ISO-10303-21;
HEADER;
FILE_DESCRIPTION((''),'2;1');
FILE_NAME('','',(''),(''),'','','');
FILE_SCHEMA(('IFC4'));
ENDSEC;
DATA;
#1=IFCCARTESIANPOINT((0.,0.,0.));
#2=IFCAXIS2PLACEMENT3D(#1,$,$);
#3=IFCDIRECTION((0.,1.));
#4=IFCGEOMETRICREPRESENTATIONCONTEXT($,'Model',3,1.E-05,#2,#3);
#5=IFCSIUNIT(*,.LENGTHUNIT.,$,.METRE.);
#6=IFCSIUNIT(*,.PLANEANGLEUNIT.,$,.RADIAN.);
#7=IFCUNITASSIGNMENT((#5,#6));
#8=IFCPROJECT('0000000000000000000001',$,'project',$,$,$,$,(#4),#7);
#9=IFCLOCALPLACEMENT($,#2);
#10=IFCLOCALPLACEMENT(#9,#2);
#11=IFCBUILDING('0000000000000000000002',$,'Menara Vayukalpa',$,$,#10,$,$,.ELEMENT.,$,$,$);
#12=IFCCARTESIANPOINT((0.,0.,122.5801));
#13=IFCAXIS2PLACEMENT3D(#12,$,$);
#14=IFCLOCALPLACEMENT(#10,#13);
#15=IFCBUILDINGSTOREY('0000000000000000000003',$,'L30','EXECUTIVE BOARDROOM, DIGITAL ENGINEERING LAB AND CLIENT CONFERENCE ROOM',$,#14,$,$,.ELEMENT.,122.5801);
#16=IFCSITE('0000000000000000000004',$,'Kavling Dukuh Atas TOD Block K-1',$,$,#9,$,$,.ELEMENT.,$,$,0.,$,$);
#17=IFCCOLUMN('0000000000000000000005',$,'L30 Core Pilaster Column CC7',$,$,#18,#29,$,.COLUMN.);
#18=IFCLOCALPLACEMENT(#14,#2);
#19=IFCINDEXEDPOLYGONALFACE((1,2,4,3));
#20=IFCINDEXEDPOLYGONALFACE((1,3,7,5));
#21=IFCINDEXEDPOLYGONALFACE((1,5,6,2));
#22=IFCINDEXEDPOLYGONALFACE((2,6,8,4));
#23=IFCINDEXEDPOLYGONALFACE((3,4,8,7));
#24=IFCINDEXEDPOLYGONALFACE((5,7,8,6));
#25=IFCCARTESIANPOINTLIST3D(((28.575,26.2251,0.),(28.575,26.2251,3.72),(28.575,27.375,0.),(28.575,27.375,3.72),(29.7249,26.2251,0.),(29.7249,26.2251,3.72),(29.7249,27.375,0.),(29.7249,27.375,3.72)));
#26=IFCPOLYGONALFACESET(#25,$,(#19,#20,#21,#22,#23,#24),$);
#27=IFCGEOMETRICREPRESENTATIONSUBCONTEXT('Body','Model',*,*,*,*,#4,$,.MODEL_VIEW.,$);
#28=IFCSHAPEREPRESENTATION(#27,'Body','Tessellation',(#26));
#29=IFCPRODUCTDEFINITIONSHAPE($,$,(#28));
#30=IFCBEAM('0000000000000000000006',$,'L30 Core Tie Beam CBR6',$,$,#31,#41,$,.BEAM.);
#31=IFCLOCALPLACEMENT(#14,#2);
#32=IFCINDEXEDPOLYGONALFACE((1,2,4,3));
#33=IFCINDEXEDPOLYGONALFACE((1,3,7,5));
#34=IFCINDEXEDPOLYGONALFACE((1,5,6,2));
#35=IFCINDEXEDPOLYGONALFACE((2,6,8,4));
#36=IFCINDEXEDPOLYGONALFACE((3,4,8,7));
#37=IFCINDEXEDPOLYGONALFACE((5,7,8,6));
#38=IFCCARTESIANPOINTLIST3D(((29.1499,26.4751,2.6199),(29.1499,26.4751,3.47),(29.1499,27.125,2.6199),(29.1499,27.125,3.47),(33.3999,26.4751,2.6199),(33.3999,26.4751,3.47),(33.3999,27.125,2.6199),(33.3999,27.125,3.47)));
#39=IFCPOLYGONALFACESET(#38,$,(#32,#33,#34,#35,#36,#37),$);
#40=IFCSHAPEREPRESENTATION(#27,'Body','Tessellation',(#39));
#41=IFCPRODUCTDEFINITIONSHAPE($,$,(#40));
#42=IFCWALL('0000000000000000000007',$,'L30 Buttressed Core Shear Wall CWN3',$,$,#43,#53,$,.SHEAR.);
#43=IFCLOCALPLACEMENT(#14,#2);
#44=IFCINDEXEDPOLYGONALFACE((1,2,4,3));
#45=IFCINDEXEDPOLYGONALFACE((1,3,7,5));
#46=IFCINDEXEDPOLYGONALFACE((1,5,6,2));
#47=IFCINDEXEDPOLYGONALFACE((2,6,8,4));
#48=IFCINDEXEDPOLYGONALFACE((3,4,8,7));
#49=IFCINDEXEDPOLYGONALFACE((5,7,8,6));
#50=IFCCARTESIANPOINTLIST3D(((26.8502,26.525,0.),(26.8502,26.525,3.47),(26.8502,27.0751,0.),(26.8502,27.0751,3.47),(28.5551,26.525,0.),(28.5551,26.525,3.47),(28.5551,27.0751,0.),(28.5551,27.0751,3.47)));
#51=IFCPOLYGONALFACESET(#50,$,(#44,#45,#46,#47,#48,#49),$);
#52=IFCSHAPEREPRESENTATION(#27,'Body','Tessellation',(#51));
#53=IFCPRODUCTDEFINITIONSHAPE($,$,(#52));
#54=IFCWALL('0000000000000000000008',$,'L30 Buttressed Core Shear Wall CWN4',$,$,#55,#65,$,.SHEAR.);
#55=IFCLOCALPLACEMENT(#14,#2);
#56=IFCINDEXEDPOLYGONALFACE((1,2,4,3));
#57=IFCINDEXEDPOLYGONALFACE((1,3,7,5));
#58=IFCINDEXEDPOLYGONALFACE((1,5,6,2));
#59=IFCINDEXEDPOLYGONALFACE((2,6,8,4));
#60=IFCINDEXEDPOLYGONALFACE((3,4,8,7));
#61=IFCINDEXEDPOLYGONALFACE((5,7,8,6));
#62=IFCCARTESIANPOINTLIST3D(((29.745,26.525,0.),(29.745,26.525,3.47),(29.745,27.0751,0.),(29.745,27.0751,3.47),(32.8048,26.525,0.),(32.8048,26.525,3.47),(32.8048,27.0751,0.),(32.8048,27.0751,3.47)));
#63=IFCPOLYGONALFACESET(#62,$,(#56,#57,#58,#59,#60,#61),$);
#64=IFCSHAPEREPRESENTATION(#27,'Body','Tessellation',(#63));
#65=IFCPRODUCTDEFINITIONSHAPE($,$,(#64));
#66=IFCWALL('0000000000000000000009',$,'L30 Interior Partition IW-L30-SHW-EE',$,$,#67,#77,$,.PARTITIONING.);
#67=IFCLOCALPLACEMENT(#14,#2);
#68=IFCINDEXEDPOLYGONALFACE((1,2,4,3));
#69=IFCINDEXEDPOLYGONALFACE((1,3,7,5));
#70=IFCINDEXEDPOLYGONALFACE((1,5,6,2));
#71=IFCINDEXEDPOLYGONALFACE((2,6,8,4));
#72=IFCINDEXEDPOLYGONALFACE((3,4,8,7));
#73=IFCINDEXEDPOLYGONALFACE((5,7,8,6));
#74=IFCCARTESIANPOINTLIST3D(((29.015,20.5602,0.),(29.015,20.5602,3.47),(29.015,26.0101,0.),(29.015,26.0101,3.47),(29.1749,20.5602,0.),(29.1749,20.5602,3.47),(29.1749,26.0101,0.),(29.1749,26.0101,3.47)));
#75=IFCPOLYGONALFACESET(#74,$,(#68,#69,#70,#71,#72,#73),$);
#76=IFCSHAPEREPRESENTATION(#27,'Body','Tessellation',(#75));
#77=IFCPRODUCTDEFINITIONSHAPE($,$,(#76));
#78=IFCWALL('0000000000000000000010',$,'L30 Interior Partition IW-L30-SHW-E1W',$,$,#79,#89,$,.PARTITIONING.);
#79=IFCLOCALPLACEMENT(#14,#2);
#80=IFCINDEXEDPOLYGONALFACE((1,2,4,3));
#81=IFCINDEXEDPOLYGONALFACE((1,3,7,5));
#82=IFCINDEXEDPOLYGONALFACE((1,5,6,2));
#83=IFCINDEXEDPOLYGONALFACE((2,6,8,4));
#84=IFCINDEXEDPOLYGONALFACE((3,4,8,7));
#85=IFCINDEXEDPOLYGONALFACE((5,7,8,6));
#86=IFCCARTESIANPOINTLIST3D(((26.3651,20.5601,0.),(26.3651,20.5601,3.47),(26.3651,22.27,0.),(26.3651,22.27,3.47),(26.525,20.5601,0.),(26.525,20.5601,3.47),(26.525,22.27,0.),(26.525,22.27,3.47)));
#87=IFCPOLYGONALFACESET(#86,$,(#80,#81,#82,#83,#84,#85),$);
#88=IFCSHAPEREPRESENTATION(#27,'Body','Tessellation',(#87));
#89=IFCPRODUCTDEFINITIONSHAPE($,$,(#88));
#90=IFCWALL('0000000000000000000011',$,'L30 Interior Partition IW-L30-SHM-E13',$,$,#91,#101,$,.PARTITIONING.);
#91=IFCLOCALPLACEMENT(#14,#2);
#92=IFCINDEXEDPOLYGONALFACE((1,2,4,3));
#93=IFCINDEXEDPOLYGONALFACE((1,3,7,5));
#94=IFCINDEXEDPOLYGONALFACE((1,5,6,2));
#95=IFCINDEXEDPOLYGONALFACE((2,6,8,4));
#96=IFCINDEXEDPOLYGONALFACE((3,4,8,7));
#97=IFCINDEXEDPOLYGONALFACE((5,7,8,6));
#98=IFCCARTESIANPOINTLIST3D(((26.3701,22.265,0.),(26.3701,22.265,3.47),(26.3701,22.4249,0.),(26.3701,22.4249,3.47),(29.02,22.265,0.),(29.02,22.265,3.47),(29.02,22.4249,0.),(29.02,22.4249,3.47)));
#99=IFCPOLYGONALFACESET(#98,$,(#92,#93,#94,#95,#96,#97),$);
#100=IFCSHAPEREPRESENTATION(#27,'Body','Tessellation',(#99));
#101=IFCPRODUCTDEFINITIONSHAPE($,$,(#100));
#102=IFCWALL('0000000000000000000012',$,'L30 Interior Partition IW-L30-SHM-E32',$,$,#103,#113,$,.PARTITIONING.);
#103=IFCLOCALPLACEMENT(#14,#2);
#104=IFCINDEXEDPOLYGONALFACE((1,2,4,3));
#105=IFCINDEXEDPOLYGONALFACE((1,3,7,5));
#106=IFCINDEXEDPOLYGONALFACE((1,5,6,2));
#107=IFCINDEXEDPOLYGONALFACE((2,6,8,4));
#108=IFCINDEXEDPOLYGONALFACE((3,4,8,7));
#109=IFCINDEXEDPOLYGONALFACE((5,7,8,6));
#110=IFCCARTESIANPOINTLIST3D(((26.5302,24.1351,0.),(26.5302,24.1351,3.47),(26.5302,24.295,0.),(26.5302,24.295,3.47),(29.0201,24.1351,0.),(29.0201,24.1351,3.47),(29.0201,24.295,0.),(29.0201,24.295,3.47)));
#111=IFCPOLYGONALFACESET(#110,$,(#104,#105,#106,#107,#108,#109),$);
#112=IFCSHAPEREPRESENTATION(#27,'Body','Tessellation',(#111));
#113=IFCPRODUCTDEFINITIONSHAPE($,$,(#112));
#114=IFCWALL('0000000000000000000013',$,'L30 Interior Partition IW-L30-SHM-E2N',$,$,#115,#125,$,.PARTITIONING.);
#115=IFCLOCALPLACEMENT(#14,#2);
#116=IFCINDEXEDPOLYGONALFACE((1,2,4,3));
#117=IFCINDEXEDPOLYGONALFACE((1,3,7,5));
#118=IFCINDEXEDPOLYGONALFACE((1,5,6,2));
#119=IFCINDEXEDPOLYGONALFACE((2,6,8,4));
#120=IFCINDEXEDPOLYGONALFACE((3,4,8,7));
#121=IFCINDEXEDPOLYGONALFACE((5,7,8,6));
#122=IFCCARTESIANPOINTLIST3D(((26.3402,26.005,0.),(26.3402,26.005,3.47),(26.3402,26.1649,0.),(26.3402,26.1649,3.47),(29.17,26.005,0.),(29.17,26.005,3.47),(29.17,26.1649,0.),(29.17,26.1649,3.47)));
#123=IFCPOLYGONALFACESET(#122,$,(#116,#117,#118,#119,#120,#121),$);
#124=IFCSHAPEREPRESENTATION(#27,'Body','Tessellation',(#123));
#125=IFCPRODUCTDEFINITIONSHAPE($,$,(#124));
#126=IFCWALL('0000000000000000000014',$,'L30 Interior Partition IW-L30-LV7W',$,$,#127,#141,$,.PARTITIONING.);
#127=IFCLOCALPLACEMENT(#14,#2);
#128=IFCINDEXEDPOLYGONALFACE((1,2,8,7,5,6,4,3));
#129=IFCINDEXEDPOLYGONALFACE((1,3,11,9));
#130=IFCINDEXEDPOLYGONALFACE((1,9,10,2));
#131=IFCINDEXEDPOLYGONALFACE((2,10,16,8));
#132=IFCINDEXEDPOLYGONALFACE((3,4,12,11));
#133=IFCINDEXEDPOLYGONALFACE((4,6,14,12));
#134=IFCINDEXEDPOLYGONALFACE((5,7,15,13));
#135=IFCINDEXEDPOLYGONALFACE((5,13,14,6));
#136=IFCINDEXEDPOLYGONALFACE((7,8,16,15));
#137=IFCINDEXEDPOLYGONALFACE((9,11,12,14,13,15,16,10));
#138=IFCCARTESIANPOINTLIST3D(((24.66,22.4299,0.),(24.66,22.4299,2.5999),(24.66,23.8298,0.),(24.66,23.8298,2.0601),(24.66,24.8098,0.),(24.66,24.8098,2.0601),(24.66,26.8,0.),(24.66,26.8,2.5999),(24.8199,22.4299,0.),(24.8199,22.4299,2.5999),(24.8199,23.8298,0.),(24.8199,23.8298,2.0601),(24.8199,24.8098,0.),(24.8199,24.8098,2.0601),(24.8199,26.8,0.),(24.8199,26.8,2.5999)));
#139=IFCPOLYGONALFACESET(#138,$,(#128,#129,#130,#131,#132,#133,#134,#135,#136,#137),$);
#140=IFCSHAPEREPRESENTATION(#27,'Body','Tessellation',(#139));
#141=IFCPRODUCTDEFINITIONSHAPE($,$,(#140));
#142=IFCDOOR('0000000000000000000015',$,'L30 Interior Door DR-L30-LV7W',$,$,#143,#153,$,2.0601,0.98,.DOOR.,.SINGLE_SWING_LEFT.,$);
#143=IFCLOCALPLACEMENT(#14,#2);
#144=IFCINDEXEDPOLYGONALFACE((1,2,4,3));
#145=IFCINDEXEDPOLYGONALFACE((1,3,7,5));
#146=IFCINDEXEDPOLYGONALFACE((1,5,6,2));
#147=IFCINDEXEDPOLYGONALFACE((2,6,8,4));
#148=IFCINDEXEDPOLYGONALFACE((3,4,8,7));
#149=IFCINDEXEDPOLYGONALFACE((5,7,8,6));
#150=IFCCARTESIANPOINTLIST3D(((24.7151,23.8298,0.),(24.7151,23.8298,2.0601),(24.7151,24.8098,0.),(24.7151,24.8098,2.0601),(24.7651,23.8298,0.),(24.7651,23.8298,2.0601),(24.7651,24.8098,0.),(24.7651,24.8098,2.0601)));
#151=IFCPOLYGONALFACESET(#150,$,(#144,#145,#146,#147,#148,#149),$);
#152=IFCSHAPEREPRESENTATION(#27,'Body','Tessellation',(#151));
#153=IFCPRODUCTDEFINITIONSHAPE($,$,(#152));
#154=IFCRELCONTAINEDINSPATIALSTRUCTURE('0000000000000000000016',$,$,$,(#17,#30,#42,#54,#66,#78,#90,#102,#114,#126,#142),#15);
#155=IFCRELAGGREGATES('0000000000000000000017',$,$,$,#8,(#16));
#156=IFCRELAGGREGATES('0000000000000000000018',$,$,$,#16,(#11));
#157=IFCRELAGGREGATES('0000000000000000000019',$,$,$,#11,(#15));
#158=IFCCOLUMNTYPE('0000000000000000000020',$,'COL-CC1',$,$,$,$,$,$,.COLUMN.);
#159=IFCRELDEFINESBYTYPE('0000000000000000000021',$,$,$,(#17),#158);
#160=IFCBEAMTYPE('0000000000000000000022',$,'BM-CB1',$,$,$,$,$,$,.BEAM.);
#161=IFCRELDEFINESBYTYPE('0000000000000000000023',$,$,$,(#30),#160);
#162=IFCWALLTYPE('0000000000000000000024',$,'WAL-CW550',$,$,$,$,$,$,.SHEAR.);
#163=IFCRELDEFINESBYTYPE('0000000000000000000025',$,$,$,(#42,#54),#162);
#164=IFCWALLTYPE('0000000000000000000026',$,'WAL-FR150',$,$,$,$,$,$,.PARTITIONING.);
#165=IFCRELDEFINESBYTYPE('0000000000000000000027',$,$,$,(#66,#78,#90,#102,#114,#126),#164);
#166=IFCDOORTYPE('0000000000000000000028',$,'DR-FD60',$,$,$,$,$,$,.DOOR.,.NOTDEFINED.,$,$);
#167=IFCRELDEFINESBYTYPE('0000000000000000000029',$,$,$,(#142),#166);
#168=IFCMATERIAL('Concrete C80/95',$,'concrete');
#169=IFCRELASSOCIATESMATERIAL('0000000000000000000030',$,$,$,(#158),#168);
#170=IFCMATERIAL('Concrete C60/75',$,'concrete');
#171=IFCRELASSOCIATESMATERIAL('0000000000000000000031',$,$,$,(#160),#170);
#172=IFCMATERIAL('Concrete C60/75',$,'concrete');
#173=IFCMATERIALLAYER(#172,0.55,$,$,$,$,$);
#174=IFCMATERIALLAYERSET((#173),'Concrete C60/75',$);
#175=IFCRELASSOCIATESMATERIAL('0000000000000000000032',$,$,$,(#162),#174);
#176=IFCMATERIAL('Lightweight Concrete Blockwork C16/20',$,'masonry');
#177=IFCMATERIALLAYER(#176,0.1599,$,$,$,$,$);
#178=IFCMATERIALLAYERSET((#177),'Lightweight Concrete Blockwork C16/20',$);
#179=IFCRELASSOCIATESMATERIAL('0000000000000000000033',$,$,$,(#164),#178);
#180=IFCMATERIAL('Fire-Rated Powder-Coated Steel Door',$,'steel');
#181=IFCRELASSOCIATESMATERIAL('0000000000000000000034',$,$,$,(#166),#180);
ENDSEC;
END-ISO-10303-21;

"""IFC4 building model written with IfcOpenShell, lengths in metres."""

from ifc_helpers import new_model, si_unit, direction, frame, frame_2d, origin, origin_2d, place, context, subcontext, project, spatial, rectangle, extrude, material, layer, layer_set, material_profile, profile_set, type_object, element, fill, save


model = new_model("IFC4")

# Units and contexts
model_context = context("Model", 3, precision=1e-05, world=origin(), true_north=direction((0.0, 1.0)))
body_context = subcontext(model_context, "Body", "Model", "MODEL_VIEW")
ifc_project = project(units=[si_unit("LENGTHUNIT", "METRE"), si_unit("PLANEANGLEUNIT", "RADIAN")], contexts=[model_context])

# Site, building, storey
site_placement = place(None, origin())
site = spatial("IfcSite", under=ifc_project, at=site_placement, Name="Kavling Dukuh Atas TOD Block K-1", CompositionType="ELEMENT", RefElevation=0.0)
building_placement = place(site_placement, origin())
building = spatial("IfcBuilding", under=site, at=building_placement, Name="Menara Vayukalpa", CompositionType="ELEMENT")
storey_placement = place(building_placement, frame((0.0, 0.0, 122.5801)))
storey = spatial("IfcBuildingStorey", under=building, at=storey_placement, Name="L30", Description="EXECUTIVE BOARDROOM, DIGITAL ENGINEERING LAB AND CLIENT CONFERENCE ROOM", CompositionType="ELEMENT", Elevation=122.5801)

# Column
ifc_material_1 = material(Name="Concrete C80/95", Category="concrete")
ifc_material_profile_1 = material_profile(ifc_material_1, rectangle(XDim=1.1499, YDim=1.1499, at=origin_2d()), Name="RC 1150x1150")
ifc_profile_set_1 = profile_set([ifc_material_profile_1], Name="Concrete C80/95")
column_type = type_object("IfcColumnType", Name="COL-CC1", PredefinedType="COLUMN", material=ifc_profile_set_1)
column_placement = place(storey_placement, frame((29.1499, 26.8, 0.0), z_axis=(0.0, 0.0, 1.0), x_axis=(1.0, 0.0, 0.0)))
element("IfcColumn", 1, at=column_placement, inside=storey, type_object=column_type, Name="L30 Core Pilaster Column CC7", PredefinedType="COLUMN", context=body_context, shape_type="SweptSolid", body=[
    extrude(rectangle(XDim=1.1499, YDim=1.1499, at=origin_2d()), origin(), (0.0, 0.0, 1.0), 3.72),
])

# Beam
ifc_material_2 = material(Name="Concrete C60/75", Category="concrete")
ifc_material_profile_2 = material_profile(ifc_material_2, rectangle(XDim=0.6499, YDim=0.8501, at=origin_2d()), Name="RC 650x850")
ifc_profile_set_2 = profile_set([ifc_material_profile_2], Name="Concrete C60/75")
beam_type = type_object("IfcBeamType", Name="BM-CB1", PredefinedType="BEAM", material=ifc_profile_set_2)
beam_placement = place(storey_placement, frame((29.1499, 26.8, 3.0449), z_axis=(1.0, 0.0, 0.0), x_axis=(0.0, 1.0, 0.0)))
element("IfcBeam", 2, at=beam_placement, inside=storey, type_object=beam_type, Name="L30 Core Tie Beam CBR6", PredefinedType="BEAM", context=body_context, shape_type="SweptSolid", body=[
    extrude(rectangle(XDim=0.6499, YDim=0.8501, at=origin_2d()), origin(), (0.0, 0.0, 1.0), 4.25),
])

# Walls
ifc_material_3 = material(Name="Concrete C60/75", Category="concrete")
ifc_layer_1 = layer(ifc_material_3, 0.55)
ifc_layer_set_1 = layer_set([ifc_layer_1], Name="Concrete C60/75")
wall_type_1 = type_object("IfcWallType", Name="WAL-CW550", PredefinedType="SHEAR", material=ifc_layer_set_1)
wall_1_placement = place(storey_placement, frame((26.8501, 26.8, 0.0), z_axis=(0.0, 0.0, 1.0), x_axis=(1.0, 0.0, 0.0)))
element("IfcWall", 3, at=wall_1_placement, inside=storey, type_object=wall_type_1, Name="L30 Buttressed Core Shear Wall CWN3", PredefinedType="SHEAR", context=body_context, shape_type="SweptSolid", body=[
    extrude(rectangle(XDim=1.7048, YDim=0.55, at=frame_2d((0.8525, 0.0))), origin(), (0.0, 0.0, 1.0), 3.47),
])
wall_2_placement = place(storey_placement, frame((29.7451, 26.8, 0.0), z_axis=(0.0, 0.0, 1.0), x_axis=(1.0, 0.0, 0.0)))
element("IfcWall", 4, at=wall_2_placement, inside=storey, type_object=wall_type_1, Name="L30 Buttressed Core Shear Wall CWN4", PredefinedType="SHEAR", context=body_context, shape_type="SweptSolid", body=[
    extrude(rectangle(XDim=3.0598, YDim=0.55, at=frame_2d((1.5298, 0.0))), origin(), (0.0, 0.0, 1.0), 3.47),
])
ifc_material_4 = material(Name="Lightweight Concrete Blockwork C16/20", Category="masonry")
ifc_layer_2 = layer(ifc_material_4, 0.1599)
ifc_layer_set_2 = layer_set([ifc_layer_2], Name="Lightweight Concrete Blockwork C16/20")
wall_type_2 = type_object("IfcWallType", Name="WAL-FR150", PredefinedType="PARTITIONING", material=ifc_layer_set_2)
wall_3_placement = place(storey_placement, frame((29.095, 20.5601, 0.0), z_axis=(0.0, 0.0, 1.0), x_axis=(0.0, 1.0, 0.0)))
element("IfcWall", 5, at=wall_3_placement, inside=storey, type_object=wall_type_2, Name="L30 Interior Partition IW-L30-SHW-EE", PredefinedType="PARTITIONING", context=body_context, shape_type="SweptSolid", body=[
    extrude(rectangle(XDim=5.45, YDim=0.1599, at=frame_2d((2.7251, 0.0))), origin(), (0.0, 0.0, 1.0), 3.47),
])
wall_4_placement = place(storey_placement, frame((26.4451, 20.5601, 0.0), z_axis=(0.0, 0.0, 1.0), x_axis=(0.0, 1.0, 0.0)))
element("IfcWall", 6, at=wall_4_placement, inside=storey, type_object=wall_type_2, Name="L30 Interior Partition IW-L30-SHW-E1W", PredefinedType="PARTITIONING", context=body_context, shape_type="SweptSolid", body=[
    extrude(rectangle(XDim=1.71, YDim=0.1599, at=frame_2d((0.855, 0.0))), origin(), (0.0, 0.0, 1.0), 3.47),
])
wall_5_placement = place(storey_placement, frame((26.3701, 22.345, 0.0), z_axis=(0.0, 0.0, 1.0), x_axis=(1.0, 0.0, 0.0)))
element("IfcWall", 7, at=wall_5_placement, inside=storey, type_object=wall_type_2, Name="L30 Interior Partition IW-L30-SHM-E13", PredefinedType="PARTITIONING", context=body_context, shape_type="SweptSolid", body=[
    extrude(rectangle(XDim=2.6499, YDim=0.1599, at=frame_2d((1.325, 0.0))), origin(), (0.0, 0.0, 1.0), 3.47),
])
wall_6_placement = place(storey_placement, frame((26.53, 24.2151, 0.0), z_axis=(0.0, 0.0, 1.0), x_axis=(1.0, 0.0, 0.0)))
element("IfcWall", 8, at=wall_6_placement, inside=storey, type_object=wall_type_2, Name="L30 Interior Partition IW-L30-SHM-E32", PredefinedType="PARTITIONING", context=body_context, shape_type="SweptSolid", body=[
    extrude(rectangle(XDim=2.49, YDim=0.1599, at=frame_2d((1.2451, 0.0))), origin(), (0.0, 0.0, 1.0), 3.47),
])
wall_7_placement = place(storey_placement, frame((26.3401, 26.085, 0.0), z_axis=(0.0, 0.0, 1.0), x_axis=(1.0, 0.0, 0.0)))
element("IfcWall", 9, at=wall_7_placement, inside=storey, type_object=wall_type_2, Name="L30 Interior Partition IW-L30-SHM-E2N", PredefinedType="PARTITIONING", context=body_context, shape_type="SweptSolid", body=[
    extrude(rectangle(XDim=2.8298, YDim=0.1599, at=frame_2d((1.415, 0.0))), origin(), (0.0, 0.0, 1.0), 3.47),
])

# Wall, opening, door
wall_8_placement = place(storey_placement, frame((24.74, 22.4299, 0.0), z_axis=(0.0, 0.0, 1.0), x_axis=(0.0, 1.0, 0.0)))
wall_8 = element("IfcWall", 10, at=wall_8_placement, inside=storey, type_object=wall_type_2, Name="L30 Interior Partition IW-L30-LV7W", PredefinedType="PARTITIONING", context=body_context, shape_type="SweptSolid", body=[
    extrude(rectangle(XDim=4.3701, YDim=0.1599, at=frame_2d((2.1851, 0.0))), origin(), (0.0, 0.0, 1.0), 2.5999),
])
opening_1_placement = place(wall_8_placement, frame((1.3999, 0.0, 0.0)))
opening_1 = element("IfcOpeningElement", 11, at=opening_1_placement, cuts=wall_8, PredefinedType="OPENING", context=body_context, shape_type="SweptSolid", body=[
    extrude(rectangle(XDim=0.98, YDim=2.0601, at=frame_2d((0.49, 1.03))), frame((0.0, 0.0898, 0.0), z_axis=(0.0, -1.0, 0.0), x_axis=(1.0, 0.0, 0.0)), (0.0, 0.0, 1.0), 0.1799),
])
ifc_material_5 = material(Name="Fire-Rated Powder-Coated Steel Door", Category="steel")
door_type_1 = type_object("IfcDoorType", Name="DR-FD60", OperationType="NOTDEFINED", PredefinedType="DOOR", material=ifc_material_5)
door_1_placement = place(opening_1_placement, origin())
door_1 = element("IfcDoor", 12, at=door_1_placement, inside=storey, type_object=door_type_1, Name="L30 Interior Door DR-L30-LV7W", OperationType="SINGLE_SWING_LEFT", OverallHeight=2.0601, OverallWidth=0.98, PredefinedType="DOOR", context=body_context, shape_type="SweptSolid", body=[
    extrude(rectangle(XDim=0.98, YDim=2.0601, at=frame_2d((0.49, 1.03))), frame((0.0, 0.0249, 0.0), z_axis=(0.0, -1.0, 0.0), x_axis=(1.0, 0.0, 0.0)), (0.0, 0.0, 1.0), 0.05),
])
fill(opening_1, door_1)

save(model, "model.ifc")
